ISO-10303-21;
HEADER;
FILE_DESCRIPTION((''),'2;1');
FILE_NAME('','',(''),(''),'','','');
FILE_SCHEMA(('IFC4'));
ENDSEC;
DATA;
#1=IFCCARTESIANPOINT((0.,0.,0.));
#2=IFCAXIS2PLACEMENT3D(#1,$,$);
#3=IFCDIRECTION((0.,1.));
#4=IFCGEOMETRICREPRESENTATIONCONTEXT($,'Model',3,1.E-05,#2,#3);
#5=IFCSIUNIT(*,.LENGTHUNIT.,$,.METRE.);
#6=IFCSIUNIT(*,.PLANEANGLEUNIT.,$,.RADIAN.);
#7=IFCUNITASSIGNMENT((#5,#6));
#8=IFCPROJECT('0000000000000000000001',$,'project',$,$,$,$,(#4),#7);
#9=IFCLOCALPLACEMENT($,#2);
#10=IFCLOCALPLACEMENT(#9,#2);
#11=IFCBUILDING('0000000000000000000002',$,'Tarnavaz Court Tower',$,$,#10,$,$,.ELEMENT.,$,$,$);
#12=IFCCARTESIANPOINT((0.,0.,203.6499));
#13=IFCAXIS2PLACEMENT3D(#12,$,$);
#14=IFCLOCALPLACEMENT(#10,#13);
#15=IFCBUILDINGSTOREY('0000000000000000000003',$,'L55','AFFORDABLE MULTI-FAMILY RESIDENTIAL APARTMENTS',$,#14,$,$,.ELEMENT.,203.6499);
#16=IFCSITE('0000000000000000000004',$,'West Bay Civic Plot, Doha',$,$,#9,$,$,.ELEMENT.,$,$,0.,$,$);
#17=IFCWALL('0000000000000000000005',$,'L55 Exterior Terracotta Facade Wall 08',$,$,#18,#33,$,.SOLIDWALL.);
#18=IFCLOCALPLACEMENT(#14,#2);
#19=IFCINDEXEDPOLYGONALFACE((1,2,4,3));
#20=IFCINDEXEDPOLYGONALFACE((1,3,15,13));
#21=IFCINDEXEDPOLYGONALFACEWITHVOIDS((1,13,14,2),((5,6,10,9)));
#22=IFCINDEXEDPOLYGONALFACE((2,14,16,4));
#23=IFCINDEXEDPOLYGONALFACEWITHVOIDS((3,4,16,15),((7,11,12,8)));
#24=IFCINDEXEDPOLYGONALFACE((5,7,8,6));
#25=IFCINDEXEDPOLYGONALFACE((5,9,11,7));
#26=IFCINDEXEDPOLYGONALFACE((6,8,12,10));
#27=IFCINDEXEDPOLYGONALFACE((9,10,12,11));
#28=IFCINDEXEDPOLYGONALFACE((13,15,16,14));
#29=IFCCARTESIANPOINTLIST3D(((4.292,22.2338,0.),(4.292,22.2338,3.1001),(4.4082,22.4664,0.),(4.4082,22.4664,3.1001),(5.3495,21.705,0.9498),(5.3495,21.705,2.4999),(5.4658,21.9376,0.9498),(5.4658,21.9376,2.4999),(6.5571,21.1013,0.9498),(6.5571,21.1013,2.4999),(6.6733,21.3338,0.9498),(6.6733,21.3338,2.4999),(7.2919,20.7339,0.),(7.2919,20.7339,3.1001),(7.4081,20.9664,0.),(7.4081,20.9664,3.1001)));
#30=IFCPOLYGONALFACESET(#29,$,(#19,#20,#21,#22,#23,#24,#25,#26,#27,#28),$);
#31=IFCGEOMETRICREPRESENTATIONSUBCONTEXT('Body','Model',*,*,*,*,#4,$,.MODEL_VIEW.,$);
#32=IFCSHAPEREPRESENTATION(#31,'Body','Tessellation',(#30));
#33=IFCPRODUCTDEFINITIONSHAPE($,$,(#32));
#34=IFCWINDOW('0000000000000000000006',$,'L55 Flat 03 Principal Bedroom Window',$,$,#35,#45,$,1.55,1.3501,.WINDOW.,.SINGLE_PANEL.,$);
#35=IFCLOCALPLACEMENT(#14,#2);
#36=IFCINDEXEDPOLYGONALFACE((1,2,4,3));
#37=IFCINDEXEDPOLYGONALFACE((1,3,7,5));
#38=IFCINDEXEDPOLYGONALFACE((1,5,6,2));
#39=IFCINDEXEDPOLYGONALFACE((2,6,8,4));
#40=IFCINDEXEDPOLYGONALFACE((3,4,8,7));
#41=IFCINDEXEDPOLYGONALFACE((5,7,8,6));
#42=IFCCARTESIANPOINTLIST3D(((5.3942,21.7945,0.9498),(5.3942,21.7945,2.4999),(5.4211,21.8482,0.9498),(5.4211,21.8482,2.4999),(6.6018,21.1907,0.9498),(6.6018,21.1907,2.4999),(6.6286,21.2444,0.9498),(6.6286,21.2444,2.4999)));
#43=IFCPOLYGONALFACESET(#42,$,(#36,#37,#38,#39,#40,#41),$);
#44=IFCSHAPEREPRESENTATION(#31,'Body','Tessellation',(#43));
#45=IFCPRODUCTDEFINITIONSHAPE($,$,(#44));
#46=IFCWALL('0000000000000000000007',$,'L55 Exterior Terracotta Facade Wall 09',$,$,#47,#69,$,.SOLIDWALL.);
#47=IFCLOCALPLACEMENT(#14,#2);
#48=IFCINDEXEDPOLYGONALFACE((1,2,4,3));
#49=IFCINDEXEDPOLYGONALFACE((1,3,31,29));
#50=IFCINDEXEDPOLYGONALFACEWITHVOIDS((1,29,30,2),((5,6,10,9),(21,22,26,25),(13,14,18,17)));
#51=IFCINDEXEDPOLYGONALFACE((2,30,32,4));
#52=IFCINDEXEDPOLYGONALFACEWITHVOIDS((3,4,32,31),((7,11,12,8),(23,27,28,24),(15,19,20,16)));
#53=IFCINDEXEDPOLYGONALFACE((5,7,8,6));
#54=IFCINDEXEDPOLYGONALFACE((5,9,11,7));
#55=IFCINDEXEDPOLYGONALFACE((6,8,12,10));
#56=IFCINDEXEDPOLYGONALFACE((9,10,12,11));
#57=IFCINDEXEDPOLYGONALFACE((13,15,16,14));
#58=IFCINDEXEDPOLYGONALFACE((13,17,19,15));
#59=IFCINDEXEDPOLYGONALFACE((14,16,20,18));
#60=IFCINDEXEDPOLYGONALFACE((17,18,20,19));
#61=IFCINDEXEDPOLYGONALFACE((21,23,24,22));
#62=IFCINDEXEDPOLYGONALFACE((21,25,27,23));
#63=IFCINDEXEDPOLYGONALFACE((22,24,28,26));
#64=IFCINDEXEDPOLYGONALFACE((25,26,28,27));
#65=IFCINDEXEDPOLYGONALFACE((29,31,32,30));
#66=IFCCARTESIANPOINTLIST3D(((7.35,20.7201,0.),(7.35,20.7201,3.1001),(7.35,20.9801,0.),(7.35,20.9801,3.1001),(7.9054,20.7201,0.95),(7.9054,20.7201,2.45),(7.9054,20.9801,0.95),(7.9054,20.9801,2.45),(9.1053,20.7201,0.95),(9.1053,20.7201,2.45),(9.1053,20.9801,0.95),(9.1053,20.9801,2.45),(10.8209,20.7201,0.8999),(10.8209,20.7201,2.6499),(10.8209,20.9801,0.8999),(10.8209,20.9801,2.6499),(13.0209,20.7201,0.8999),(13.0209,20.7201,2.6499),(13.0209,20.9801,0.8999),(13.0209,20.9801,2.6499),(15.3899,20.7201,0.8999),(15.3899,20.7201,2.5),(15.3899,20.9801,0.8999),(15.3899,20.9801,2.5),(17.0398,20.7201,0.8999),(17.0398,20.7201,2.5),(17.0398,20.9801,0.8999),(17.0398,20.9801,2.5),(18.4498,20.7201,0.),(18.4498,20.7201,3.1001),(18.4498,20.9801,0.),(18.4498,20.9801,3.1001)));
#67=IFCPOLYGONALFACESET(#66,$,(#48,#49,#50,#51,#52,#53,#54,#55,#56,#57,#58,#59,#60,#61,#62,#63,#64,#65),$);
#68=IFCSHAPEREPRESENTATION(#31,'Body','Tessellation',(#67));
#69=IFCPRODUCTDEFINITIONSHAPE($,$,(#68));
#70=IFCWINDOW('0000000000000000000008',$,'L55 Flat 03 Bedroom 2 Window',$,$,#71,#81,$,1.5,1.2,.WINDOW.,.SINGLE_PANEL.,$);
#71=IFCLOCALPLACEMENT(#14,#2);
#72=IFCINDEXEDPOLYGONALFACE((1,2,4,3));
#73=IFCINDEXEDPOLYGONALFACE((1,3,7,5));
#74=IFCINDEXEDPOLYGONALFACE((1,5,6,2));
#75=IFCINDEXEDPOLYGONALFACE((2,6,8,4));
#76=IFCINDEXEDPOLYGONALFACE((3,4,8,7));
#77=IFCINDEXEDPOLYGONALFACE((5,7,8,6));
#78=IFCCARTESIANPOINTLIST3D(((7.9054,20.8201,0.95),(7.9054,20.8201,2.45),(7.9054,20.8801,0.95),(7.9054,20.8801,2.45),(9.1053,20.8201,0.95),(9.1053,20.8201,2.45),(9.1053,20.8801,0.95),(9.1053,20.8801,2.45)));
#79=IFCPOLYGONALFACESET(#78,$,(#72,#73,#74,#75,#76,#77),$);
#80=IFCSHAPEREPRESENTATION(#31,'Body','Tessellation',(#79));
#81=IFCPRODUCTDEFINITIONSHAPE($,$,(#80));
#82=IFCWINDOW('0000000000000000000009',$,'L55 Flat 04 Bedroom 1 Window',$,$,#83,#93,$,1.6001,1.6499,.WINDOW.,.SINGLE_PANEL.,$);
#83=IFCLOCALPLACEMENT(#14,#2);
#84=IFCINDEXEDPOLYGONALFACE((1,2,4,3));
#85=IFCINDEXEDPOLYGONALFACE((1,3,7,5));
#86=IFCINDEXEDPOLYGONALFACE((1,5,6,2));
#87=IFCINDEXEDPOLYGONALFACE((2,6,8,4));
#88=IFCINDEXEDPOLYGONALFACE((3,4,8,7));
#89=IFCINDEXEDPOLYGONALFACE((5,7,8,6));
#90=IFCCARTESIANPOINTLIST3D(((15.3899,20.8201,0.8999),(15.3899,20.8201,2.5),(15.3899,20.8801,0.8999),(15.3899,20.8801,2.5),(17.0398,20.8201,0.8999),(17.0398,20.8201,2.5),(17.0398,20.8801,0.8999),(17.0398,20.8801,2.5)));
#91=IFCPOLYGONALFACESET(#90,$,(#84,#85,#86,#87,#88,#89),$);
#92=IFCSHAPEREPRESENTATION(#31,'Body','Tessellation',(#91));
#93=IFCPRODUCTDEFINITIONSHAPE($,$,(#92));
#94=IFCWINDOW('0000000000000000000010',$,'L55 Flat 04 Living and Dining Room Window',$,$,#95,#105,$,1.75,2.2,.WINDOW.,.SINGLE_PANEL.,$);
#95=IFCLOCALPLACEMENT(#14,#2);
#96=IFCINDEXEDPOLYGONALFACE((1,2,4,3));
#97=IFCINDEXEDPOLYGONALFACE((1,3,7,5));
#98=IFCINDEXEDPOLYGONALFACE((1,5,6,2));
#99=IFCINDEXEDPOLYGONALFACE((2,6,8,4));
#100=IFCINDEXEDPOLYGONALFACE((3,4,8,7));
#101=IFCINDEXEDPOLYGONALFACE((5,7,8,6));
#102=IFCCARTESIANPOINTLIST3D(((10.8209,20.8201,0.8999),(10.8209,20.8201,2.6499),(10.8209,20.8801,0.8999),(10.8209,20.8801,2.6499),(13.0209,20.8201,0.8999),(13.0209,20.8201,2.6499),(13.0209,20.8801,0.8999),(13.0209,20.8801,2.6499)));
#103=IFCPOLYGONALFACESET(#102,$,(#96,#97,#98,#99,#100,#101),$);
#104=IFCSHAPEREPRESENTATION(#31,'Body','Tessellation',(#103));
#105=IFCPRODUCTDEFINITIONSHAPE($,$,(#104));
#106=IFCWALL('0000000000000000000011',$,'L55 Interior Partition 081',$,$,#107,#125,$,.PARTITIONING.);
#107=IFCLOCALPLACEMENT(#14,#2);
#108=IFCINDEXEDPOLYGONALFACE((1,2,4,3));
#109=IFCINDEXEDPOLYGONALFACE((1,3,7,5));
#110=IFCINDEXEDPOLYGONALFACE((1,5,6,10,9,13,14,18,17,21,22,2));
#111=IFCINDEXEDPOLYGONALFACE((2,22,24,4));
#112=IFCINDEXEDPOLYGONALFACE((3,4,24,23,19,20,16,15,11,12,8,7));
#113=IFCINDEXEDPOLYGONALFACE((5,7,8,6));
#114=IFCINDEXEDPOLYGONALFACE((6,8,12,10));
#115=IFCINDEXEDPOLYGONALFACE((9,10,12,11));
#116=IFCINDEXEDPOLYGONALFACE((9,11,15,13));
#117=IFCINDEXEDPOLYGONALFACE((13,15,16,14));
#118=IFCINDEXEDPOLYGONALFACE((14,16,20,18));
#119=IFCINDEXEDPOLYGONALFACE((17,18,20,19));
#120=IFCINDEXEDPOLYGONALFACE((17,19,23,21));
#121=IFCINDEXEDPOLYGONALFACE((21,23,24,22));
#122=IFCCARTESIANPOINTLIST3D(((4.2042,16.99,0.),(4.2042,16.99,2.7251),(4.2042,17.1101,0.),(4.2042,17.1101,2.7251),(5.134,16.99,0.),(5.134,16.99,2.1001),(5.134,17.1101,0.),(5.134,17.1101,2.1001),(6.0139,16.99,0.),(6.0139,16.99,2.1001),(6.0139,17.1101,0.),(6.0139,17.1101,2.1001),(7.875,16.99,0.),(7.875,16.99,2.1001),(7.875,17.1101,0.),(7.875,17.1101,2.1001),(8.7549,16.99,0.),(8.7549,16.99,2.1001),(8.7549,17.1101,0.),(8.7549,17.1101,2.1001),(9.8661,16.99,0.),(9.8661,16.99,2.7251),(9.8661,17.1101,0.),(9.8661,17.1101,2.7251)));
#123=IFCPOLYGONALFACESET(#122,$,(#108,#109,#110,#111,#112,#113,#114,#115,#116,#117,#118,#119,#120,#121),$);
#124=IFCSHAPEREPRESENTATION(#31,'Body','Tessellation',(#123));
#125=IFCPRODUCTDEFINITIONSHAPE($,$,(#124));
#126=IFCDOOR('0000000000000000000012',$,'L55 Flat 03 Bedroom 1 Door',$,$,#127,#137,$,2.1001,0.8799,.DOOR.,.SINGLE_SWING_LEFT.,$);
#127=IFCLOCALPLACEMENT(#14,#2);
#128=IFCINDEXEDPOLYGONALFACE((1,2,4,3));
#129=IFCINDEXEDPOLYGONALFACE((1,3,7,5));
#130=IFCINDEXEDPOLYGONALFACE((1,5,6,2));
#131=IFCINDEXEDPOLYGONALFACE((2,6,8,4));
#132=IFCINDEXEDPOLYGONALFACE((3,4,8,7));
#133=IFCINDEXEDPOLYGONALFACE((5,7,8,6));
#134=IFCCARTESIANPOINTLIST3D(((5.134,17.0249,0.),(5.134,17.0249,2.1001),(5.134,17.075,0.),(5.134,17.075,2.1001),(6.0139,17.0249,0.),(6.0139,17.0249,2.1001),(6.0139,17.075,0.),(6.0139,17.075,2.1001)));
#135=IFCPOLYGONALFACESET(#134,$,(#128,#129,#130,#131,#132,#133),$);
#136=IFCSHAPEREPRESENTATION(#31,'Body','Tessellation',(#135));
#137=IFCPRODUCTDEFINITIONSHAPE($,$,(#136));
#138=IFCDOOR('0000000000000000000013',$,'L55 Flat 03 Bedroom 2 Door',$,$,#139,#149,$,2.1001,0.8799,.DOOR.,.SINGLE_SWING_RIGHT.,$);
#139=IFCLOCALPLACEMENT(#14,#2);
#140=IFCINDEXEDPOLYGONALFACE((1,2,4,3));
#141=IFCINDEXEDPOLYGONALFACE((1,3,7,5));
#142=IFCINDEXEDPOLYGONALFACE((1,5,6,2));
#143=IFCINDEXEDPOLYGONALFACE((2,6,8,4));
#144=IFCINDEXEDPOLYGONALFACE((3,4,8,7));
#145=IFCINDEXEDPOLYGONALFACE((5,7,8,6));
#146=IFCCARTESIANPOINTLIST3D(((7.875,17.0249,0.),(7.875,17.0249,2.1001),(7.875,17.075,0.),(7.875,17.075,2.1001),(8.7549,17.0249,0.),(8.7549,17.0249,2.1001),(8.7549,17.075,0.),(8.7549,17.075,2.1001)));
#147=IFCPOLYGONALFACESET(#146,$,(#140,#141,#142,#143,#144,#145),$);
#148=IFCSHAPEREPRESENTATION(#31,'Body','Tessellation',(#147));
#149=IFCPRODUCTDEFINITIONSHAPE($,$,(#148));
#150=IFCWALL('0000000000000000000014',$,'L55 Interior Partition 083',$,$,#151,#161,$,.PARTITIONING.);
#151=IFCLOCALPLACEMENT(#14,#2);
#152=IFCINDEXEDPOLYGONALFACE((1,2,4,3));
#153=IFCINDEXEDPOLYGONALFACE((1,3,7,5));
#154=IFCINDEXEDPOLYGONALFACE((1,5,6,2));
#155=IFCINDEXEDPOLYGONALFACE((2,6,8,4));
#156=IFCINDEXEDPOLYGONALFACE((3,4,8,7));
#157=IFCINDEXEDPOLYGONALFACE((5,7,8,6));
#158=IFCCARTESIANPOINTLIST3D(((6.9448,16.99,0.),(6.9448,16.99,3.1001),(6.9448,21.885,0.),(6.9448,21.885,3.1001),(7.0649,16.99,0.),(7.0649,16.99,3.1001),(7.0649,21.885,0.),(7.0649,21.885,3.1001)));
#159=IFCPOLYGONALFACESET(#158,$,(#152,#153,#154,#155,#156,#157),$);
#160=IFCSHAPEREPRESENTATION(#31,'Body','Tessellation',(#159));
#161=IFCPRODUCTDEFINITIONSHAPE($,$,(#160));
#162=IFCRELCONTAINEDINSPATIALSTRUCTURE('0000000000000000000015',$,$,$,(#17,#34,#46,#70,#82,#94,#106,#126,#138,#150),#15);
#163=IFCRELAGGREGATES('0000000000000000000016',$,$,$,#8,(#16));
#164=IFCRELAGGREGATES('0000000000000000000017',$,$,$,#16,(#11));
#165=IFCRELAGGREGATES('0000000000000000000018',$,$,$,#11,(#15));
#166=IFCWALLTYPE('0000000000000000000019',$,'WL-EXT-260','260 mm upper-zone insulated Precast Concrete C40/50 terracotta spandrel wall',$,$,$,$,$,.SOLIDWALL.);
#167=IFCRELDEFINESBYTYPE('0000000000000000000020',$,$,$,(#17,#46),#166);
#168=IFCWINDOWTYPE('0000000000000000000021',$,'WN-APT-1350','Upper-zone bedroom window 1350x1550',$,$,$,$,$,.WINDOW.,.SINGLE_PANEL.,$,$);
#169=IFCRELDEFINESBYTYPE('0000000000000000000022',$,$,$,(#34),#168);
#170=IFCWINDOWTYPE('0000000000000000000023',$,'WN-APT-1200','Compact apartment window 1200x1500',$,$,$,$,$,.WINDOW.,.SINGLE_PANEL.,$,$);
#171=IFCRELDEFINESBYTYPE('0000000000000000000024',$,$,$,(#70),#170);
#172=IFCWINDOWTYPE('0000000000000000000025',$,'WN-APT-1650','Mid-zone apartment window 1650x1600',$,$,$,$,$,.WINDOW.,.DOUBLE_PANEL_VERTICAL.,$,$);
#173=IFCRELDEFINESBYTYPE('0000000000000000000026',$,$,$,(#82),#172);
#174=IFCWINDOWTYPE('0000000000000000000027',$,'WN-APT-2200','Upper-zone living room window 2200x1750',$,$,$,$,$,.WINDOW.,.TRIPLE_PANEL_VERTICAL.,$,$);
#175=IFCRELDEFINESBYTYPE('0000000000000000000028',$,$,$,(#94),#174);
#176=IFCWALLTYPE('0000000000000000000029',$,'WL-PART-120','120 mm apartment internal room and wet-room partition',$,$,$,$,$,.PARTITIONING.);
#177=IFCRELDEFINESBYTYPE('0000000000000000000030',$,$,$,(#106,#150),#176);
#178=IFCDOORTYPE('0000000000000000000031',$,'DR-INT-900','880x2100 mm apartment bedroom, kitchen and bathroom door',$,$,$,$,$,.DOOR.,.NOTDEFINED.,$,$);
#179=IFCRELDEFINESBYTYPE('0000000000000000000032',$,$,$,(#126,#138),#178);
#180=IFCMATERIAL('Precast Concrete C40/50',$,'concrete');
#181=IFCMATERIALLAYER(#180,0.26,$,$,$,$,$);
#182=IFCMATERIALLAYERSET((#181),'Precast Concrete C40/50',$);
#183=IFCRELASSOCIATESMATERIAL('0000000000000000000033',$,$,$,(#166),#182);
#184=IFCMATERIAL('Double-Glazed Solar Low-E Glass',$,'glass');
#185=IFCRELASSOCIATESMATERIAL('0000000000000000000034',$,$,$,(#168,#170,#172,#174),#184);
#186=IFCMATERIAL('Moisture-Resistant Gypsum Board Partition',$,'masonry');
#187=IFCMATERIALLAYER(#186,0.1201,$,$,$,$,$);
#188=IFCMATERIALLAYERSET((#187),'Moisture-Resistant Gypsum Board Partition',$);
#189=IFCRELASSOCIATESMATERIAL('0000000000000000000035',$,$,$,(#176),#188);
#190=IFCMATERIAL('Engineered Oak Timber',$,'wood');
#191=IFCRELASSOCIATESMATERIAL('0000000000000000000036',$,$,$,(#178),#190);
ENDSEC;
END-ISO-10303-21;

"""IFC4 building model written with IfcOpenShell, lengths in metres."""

from ifc_helpers import new_model, si_unit, direction, frame, frame_2d, origin, place, context, subcontext, project, spatial, rectangle, extrude, material, layer, layer_set, type_object, element, fill, save


model = new_model("IFC4")

# Units and contexts
model_context = context("Model", 3, precision=1e-05, world=origin(), true_north=direction((0.0, 1.0)))
body_context = subcontext(model_context, "Body", "Model", "MODEL_VIEW")
ifc_project = project(units=[si_unit("LENGTHUNIT", "METRE"), si_unit("PLANEANGLEUNIT", "RADIAN")], contexts=[model_context])

# Site, building, storey
site_placement = place(None, origin())
site = spatial("IfcSite", under=ifc_project, at=site_placement, Name="West Bay Civic Plot, Doha", CompositionType="ELEMENT", RefElevation=0.0)
building_placement = place(site_placement, origin())
building = spatial("IfcBuilding", under=site, at=building_placement, Name="Tarnavaz Court Tower", CompositionType="ELEMENT")
storey_placement = place(building_placement, frame((0.0, 0.0, 203.6499)))
storey = spatial("IfcBuildingStorey", under=building, at=storey_placement, Name="L55", Description="AFFORDABLE MULTI-FAMILY RESIDENTIAL APARTMENTS", CompositionType="ELEMENT", Elevation=203.6499)

# Shared definitions
ifc_material_1 = material(Name="Double-Glazed Solar Low-E Glass", Category="glass")

# Wall, opening, window
ifc_material_2 = material(Name="Precast Concrete C40/50", Category="concrete")
ifc_layer_1 = layer(ifc_material_2, 0.26)
ifc_layer_set_1 = layer_set([ifc_layer_1], Name="Precast Concrete C40/50")
wall_type_1 = type_object("IfcWallType", Name="WL-EXT-260", Description="260 mm upper-zone insulated Precast Concrete C40/50 terracotta spandrel wall", PredefinedType="SOLIDWALL", material=ifc_layer_set_1)
wall_1_placement = place(storey_placement, frame((4.3501, 22.3501, 0.0), z_axis=(0.0, 0.0, 1.0), x_axis=(0.894427, -0.447214, 0.0)))
wall_1 = element("IfcWall", 1, at=wall_1_placement, inside=storey, type_object=wall_type_1, Name="L55 Exterior Terracotta Facade Wall 08", PredefinedType="SOLIDWALL", context=body_context, shape_type="SweptSolid", body=[
    extrude(rectangle(XDim=3.354, YDim=0.26, at=frame_2d((1.677, 0.0))), origin(), (0.0, 0.0, 1.0), 3.1001),
])
opening_1_placement = place(wall_1_placement, frame((1.1824, 0.0, 0.95)))
opening_1 = element("IfcOpeningElement", 2, at=opening_1_placement, cuts=wall_1, PredefinedType="OPENING", context=body_context, shape_type="SweptSolid", body=[
    extrude(rectangle(XDim=1.3501, YDim=1.55, at=frame_2d((0.675, 0.7749))), frame((0.0, 0.1399, 0.0), z_axis=(0.0, -1.0, 0.0), x_axis=(1.0, 0.0, 0.0)), (0.0, 0.0, 1.0), 0.28),
])
window_type_1 = type_object("IfcWindowType", Name="WN-APT-1350", Description="Upper-zone bedroom window 1350x1550", PartitioningType="SINGLE_PANEL", PredefinedType="WINDOW", material=ifc_material_1)
window_1_placement = place(opening_1_placement, origin())
window_1 = element("IfcWindow", 3, at=window_1_placement, inside=storey, type_object=window_type_1, Name="L55 Flat 03 Principal Bedroom Window", OverallHeight=1.55, OverallWidth=1.3501, PartitioningType="SINGLE_PANEL", PredefinedType="WINDOW", context=body_context, shape_type="SweptSolid", body=[
    extrude(rectangle(XDim=1.3501, YDim=1.55, at=frame_2d((0.675, 0.7749))), frame((0.0, 0.03, 0.0), z_axis=(0.0, -1.0, 0.0), x_axis=(1.0, 0.0, 0.0)), (0.0, 0.0, 1.0), 0.0601),
])
fill(opening_1, window_1)

# Wall, openings, windows
wall_2_placement = place(storey_placement, frame((7.3501, 20.8501, 0.0), z_axis=(0.0, 0.0, 1.0), x_axis=(1.0, 0.0, 0.0)))
wall_2 = element("IfcWall", 4, at=wall_2_placement, inside=storey, type_object=wall_type_1, Name="L55 Exterior Terracotta Facade Wall 09", PredefinedType="SOLIDWALL", context=body_context, shape_type="SweptSolid", body=[
    extrude(rectangle(XDim=11.0999, YDim=0.26, at=frame_2d((5.5498, 0.0))), origin(), (0.0, 0.0, 1.0), 3.1001),
])
opening_2_placement = place(wall_2_placement, frame((0.5552, 0.0, 0.95)))
opening_2 = element("IfcOpeningElement", 5, at=opening_2_placement, cuts=wall_2, PredefinedType="OPENING", context=body_context, shape_type="SweptSolid", body=[
    extrude(rectangle(XDim=1.2, YDim=1.5, at=frame_2d((0.6001, 0.75))), frame((0.0, 0.1399, 0.0), z_axis=(0.0, -1.0, 0.0), x_axis=(1.0, 0.0, 0.0)), (0.0, 0.0, 1.0), 0.28),
])
opening_3_placement = place(wall_2_placement, frame((3.4707, 0.0, 0.8999)))
opening_3 = element("IfcOpeningElement", 6, at=opening_3_placement, cuts=wall_2, PredefinedType="OPENING", context=body_context, shape_type="SweptSolid", body=[
    extrude(rectangle(XDim=2.2, YDim=1.75, at=frame_2d((1.1001, 0.875))), frame((0.0, 0.1399, 0.0), z_axis=(0.0, -1.0, 0.0), x_axis=(1.0, 0.0, 0.0)), (0.0, 0.0, 1.0), 0.28),
])
opening_4_placement = place(wall_2_placement, frame((8.0398, 0.0, 0.8999)))
opening_4 = element("IfcOpeningElement", 7, at=opening_4_placement, cuts=wall_2, PredefinedType="OPENING", context=body_context, shape_type="SweptSolid", body=[
    extrude(rectangle(XDim=1.6499, YDim=1.6001, at=frame_2d((0.825, 0.8))), frame((0.0, 0.1399, 0.0), z_axis=(0.0, -1.0, 0.0), x_axis=(1.0, 0.0, 0.0)), (0.0, 0.0, 1.0), 0.28),
])
window_type_2 = type_object("IfcWindowType", Name="WN-APT-1200", Description="Compact apartment window 1200x1500", PartitioningType="SINGLE_PANEL", PredefinedType="WINDOW", material=ifc_material_1)
window_2_placement = place(opening_2_placement, origin())
window_2 = element("IfcWindow", 8, at=window_2_placement, inside=storey, type_object=window_type_2, Name="L55 Flat 03 Bedroom 2 Window", OverallHeight=1.5, OverallWidth=1.2, PartitioningType="SINGLE_PANEL", PredefinedType="WINDOW", context=body_context, shape_type="SweptSolid", body=[
    extrude(rectangle(XDim=1.2, YDim=1.5, at=frame_2d((0.6001, 0.75))), frame((0.0, 0.03, 0.0), z_axis=(0.0, -1.0, 0.0), x_axis=(1.0, 0.0, 0.0)), (0.0, 0.0, 1.0), 0.0601),
])
fill(opening_2, window_2)
window_type_3 = type_object("IfcWindowType", Name="WN-APT-1650", Description="Mid-zone apartment window 1650x1600", PartitioningType="DOUBLE_PANEL_VERTICAL", PredefinedType="WINDOW", material=ifc_material_1)
window_3_placement = place(opening_4_placement, origin())
window_3 = element("IfcWindow", 9, at=window_3_placement, inside=storey, type_object=window_type_3, Name="L55 Flat 04 Bedroom 1 Window", OverallHeight=1.6001, OverallWidth=1.6499, PartitioningType="SINGLE_PANEL", PredefinedType="WINDOW", context=body_context, shape_type="SweptSolid", body=[
    extrude(rectangle(XDim=1.6499, YDim=1.6001, at=frame_2d((0.825, 0.8))), frame((0.0, 0.03, 0.0), z_axis=(0.0, -1.0, 0.0), x_axis=(1.0, 0.0, 0.0)), (0.0, 0.0, 1.0), 0.0601),
])
fill(opening_4, window_3)
window_type_4 = type_object("IfcWindowType", Name="WN-APT-2200", Description="Upper-zone living room window 2200x1750", PartitioningType="TRIPLE_PANEL_VERTICAL", PredefinedType="WINDOW", material=ifc_material_1)
window_4_placement = place(opening_3_placement, origin())
window_4 = element("IfcWindow", 10, at=window_4_placement, inside=storey, type_object=window_type_4, Name="L55 Flat 04 Living and Dining Room Window", OverallHeight=1.75, OverallWidth=2.2, PartitioningType="SINGLE_PANEL", PredefinedType="WINDOW", context=body_context, shape_type="SweptSolid", body=[
    extrude(rectangle(XDim=2.2, YDim=1.75, at=frame_2d((1.1001, 0.875))), frame((0.0, 0.03, 0.0), z_axis=(0.0, -1.0, 0.0), x_axis=(1.0, 0.0, 0.0)), (0.0, 0.0, 1.0), 0.0601),
])
fill(opening_3, window_4)

# Wall, openings, doors
ifc_material_3 = material(Name="Moisture-Resistant Gypsum Board Partition", Category="masonry")
ifc_layer_2 = layer(ifc_material_3, 0.1201)
ifc_layer_set_2 = layer_set([ifc_layer_2], Name="Moisture-Resistant Gypsum Board Partition")
wall_type_2 = type_object("IfcWallType", Name="WL-PART-120", Description="120 mm apartment internal room and wet-room partition", PredefinedType="PARTITIONING", material=ifc_layer_set_2)
wall_3_placement = place(storey_placement, frame((4.2041, 17.05, 0.0), z_axis=(0.0, 0.0, 1.0), x_axis=(1.0, 0.0, 0.0)))
wall_3 = element("IfcWall", 11, at=wall_3_placement, inside=storey, type_object=wall_type_2, Name="L55 Interior Partition 081", PredefinedType="PARTITIONING", context=body_context, shape_type="SweptSolid", body=[
    extrude(rectangle(XDim=5.6619, YDim=0.1201, at=frame_2d((2.8311, 0.0))), origin(), (0.0, 0.0, 1.0), 2.7251),
])
opening_5_placement = place(wall_3_placement, frame((0.9299, 0.0, 0.0)))
opening_5 = element("IfcOpeningElement", 12, at=opening_5_placement, cuts=wall_3, PredefinedType="OPENING", context=body_context, shape_type="SweptSolid", body=[
    extrude(rectangle(XDim=0.8799, YDim=2.1001, at=frame_2d((0.4399, 1.05))), frame((0.0, 0.0701, 0.0), z_axis=(0.0, -1.0, 0.0), x_axis=(1.0, 0.0, 0.0)), (0.0, 0.0, 1.0), 0.1401),
])
opening_6_placement = place(wall_3_placement, frame((3.6709, 0.0, 0.0)))
opening_6 = element("IfcOpeningElement", 13, at=opening_6_placement, cuts=wall_3, PredefinedType="OPENING", context=body_context, shape_type="SweptSolid", body=[
    extrude(rectangle(XDim=0.8799, YDim=2.1001, at=frame_2d((0.4399, 1.05))), frame((0.0, 0.0701, 0.0), z_axis=(0.0, -1.0, 0.0), x_axis=(1.0, 0.0, 0.0)), (0.0, 0.0, 1.0), 0.1401),
])
ifc_material_4 = material(Name="Engineered Oak Timber", Category="wood")
door_type = type_object("IfcDoorType", Name="DR-INT-900", Description="880x2100 mm apartment bedroom, kitchen and bathroom door", OperationType="NOTDEFINED", PredefinedType="DOOR", material=ifc_material_4)
door_1_placement = place(opening_5_placement, origin())
door_1 = element("IfcDoor", 14, at=door_1_placement, inside=storey, type_object=door_type, Name="L55 Flat 03 Bedroom 1 Door", OperationType="SINGLE_SWING_LEFT", OverallHeight=2.1001, OverallWidth=0.8799, PredefinedType="DOOR", context=body_context, shape_type="SweptSolid", body=[
    extrude(rectangle(XDim=0.8799, YDim=2.1001, at=frame_2d((0.4399, 1.05))), frame((0.0, 0.0249, 0.0), z_axis=(0.0, -1.0, 0.0), x_axis=(1.0, 0.0, 0.0)), (0.0, 0.0, 1.0), 0.05),
])
fill(opening_5, door_1)
door_2_placement = place(opening_6_placement, origin())
door_2 = element("IfcDoor", 15, at=door_2_placement, inside=storey, type_object=door_type, Name="L55 Flat 03 Bedroom 2 Door", OperationType="SINGLE_SWING_RIGHT", OverallHeight=2.1001, OverallWidth=0.8799, PredefinedType="DOOR", context=body_context, shape_type="SweptSolid", body=[
    extrude(rectangle(XDim=0.8799, YDim=2.1001, at=frame_2d((0.4399, 1.05))), frame((0.0, 0.0249, 0.0), z_axis=(0.0, -1.0, 0.0), x_axis=(1.0, 0.0, 0.0)), (0.0, 0.0, 1.0), 0.05),
])
fill(opening_6, door_2)

# Wall
wall_4_placement = place(storey_placement, frame((7.0049, 16.99, 0.0), z_axis=(0.0, 0.0, 1.0), x_axis=(0.0, 1.0, 0.0)))
element("IfcWall", 16, at=wall_4_placement, inside=storey, type_object=wall_type_2, Name="L55 Interior Partition 083", PredefinedType="PARTITIONING", context=body_context, shape_type="SweptSolid", body=[
    extrude(rectangle(XDim=4.895, YDim=0.1201, at=frame_2d((2.4475, 0.0))), origin(), (0.0, 0.0, 1.0), 3.1001),
])

save(model, "model.ifc")
